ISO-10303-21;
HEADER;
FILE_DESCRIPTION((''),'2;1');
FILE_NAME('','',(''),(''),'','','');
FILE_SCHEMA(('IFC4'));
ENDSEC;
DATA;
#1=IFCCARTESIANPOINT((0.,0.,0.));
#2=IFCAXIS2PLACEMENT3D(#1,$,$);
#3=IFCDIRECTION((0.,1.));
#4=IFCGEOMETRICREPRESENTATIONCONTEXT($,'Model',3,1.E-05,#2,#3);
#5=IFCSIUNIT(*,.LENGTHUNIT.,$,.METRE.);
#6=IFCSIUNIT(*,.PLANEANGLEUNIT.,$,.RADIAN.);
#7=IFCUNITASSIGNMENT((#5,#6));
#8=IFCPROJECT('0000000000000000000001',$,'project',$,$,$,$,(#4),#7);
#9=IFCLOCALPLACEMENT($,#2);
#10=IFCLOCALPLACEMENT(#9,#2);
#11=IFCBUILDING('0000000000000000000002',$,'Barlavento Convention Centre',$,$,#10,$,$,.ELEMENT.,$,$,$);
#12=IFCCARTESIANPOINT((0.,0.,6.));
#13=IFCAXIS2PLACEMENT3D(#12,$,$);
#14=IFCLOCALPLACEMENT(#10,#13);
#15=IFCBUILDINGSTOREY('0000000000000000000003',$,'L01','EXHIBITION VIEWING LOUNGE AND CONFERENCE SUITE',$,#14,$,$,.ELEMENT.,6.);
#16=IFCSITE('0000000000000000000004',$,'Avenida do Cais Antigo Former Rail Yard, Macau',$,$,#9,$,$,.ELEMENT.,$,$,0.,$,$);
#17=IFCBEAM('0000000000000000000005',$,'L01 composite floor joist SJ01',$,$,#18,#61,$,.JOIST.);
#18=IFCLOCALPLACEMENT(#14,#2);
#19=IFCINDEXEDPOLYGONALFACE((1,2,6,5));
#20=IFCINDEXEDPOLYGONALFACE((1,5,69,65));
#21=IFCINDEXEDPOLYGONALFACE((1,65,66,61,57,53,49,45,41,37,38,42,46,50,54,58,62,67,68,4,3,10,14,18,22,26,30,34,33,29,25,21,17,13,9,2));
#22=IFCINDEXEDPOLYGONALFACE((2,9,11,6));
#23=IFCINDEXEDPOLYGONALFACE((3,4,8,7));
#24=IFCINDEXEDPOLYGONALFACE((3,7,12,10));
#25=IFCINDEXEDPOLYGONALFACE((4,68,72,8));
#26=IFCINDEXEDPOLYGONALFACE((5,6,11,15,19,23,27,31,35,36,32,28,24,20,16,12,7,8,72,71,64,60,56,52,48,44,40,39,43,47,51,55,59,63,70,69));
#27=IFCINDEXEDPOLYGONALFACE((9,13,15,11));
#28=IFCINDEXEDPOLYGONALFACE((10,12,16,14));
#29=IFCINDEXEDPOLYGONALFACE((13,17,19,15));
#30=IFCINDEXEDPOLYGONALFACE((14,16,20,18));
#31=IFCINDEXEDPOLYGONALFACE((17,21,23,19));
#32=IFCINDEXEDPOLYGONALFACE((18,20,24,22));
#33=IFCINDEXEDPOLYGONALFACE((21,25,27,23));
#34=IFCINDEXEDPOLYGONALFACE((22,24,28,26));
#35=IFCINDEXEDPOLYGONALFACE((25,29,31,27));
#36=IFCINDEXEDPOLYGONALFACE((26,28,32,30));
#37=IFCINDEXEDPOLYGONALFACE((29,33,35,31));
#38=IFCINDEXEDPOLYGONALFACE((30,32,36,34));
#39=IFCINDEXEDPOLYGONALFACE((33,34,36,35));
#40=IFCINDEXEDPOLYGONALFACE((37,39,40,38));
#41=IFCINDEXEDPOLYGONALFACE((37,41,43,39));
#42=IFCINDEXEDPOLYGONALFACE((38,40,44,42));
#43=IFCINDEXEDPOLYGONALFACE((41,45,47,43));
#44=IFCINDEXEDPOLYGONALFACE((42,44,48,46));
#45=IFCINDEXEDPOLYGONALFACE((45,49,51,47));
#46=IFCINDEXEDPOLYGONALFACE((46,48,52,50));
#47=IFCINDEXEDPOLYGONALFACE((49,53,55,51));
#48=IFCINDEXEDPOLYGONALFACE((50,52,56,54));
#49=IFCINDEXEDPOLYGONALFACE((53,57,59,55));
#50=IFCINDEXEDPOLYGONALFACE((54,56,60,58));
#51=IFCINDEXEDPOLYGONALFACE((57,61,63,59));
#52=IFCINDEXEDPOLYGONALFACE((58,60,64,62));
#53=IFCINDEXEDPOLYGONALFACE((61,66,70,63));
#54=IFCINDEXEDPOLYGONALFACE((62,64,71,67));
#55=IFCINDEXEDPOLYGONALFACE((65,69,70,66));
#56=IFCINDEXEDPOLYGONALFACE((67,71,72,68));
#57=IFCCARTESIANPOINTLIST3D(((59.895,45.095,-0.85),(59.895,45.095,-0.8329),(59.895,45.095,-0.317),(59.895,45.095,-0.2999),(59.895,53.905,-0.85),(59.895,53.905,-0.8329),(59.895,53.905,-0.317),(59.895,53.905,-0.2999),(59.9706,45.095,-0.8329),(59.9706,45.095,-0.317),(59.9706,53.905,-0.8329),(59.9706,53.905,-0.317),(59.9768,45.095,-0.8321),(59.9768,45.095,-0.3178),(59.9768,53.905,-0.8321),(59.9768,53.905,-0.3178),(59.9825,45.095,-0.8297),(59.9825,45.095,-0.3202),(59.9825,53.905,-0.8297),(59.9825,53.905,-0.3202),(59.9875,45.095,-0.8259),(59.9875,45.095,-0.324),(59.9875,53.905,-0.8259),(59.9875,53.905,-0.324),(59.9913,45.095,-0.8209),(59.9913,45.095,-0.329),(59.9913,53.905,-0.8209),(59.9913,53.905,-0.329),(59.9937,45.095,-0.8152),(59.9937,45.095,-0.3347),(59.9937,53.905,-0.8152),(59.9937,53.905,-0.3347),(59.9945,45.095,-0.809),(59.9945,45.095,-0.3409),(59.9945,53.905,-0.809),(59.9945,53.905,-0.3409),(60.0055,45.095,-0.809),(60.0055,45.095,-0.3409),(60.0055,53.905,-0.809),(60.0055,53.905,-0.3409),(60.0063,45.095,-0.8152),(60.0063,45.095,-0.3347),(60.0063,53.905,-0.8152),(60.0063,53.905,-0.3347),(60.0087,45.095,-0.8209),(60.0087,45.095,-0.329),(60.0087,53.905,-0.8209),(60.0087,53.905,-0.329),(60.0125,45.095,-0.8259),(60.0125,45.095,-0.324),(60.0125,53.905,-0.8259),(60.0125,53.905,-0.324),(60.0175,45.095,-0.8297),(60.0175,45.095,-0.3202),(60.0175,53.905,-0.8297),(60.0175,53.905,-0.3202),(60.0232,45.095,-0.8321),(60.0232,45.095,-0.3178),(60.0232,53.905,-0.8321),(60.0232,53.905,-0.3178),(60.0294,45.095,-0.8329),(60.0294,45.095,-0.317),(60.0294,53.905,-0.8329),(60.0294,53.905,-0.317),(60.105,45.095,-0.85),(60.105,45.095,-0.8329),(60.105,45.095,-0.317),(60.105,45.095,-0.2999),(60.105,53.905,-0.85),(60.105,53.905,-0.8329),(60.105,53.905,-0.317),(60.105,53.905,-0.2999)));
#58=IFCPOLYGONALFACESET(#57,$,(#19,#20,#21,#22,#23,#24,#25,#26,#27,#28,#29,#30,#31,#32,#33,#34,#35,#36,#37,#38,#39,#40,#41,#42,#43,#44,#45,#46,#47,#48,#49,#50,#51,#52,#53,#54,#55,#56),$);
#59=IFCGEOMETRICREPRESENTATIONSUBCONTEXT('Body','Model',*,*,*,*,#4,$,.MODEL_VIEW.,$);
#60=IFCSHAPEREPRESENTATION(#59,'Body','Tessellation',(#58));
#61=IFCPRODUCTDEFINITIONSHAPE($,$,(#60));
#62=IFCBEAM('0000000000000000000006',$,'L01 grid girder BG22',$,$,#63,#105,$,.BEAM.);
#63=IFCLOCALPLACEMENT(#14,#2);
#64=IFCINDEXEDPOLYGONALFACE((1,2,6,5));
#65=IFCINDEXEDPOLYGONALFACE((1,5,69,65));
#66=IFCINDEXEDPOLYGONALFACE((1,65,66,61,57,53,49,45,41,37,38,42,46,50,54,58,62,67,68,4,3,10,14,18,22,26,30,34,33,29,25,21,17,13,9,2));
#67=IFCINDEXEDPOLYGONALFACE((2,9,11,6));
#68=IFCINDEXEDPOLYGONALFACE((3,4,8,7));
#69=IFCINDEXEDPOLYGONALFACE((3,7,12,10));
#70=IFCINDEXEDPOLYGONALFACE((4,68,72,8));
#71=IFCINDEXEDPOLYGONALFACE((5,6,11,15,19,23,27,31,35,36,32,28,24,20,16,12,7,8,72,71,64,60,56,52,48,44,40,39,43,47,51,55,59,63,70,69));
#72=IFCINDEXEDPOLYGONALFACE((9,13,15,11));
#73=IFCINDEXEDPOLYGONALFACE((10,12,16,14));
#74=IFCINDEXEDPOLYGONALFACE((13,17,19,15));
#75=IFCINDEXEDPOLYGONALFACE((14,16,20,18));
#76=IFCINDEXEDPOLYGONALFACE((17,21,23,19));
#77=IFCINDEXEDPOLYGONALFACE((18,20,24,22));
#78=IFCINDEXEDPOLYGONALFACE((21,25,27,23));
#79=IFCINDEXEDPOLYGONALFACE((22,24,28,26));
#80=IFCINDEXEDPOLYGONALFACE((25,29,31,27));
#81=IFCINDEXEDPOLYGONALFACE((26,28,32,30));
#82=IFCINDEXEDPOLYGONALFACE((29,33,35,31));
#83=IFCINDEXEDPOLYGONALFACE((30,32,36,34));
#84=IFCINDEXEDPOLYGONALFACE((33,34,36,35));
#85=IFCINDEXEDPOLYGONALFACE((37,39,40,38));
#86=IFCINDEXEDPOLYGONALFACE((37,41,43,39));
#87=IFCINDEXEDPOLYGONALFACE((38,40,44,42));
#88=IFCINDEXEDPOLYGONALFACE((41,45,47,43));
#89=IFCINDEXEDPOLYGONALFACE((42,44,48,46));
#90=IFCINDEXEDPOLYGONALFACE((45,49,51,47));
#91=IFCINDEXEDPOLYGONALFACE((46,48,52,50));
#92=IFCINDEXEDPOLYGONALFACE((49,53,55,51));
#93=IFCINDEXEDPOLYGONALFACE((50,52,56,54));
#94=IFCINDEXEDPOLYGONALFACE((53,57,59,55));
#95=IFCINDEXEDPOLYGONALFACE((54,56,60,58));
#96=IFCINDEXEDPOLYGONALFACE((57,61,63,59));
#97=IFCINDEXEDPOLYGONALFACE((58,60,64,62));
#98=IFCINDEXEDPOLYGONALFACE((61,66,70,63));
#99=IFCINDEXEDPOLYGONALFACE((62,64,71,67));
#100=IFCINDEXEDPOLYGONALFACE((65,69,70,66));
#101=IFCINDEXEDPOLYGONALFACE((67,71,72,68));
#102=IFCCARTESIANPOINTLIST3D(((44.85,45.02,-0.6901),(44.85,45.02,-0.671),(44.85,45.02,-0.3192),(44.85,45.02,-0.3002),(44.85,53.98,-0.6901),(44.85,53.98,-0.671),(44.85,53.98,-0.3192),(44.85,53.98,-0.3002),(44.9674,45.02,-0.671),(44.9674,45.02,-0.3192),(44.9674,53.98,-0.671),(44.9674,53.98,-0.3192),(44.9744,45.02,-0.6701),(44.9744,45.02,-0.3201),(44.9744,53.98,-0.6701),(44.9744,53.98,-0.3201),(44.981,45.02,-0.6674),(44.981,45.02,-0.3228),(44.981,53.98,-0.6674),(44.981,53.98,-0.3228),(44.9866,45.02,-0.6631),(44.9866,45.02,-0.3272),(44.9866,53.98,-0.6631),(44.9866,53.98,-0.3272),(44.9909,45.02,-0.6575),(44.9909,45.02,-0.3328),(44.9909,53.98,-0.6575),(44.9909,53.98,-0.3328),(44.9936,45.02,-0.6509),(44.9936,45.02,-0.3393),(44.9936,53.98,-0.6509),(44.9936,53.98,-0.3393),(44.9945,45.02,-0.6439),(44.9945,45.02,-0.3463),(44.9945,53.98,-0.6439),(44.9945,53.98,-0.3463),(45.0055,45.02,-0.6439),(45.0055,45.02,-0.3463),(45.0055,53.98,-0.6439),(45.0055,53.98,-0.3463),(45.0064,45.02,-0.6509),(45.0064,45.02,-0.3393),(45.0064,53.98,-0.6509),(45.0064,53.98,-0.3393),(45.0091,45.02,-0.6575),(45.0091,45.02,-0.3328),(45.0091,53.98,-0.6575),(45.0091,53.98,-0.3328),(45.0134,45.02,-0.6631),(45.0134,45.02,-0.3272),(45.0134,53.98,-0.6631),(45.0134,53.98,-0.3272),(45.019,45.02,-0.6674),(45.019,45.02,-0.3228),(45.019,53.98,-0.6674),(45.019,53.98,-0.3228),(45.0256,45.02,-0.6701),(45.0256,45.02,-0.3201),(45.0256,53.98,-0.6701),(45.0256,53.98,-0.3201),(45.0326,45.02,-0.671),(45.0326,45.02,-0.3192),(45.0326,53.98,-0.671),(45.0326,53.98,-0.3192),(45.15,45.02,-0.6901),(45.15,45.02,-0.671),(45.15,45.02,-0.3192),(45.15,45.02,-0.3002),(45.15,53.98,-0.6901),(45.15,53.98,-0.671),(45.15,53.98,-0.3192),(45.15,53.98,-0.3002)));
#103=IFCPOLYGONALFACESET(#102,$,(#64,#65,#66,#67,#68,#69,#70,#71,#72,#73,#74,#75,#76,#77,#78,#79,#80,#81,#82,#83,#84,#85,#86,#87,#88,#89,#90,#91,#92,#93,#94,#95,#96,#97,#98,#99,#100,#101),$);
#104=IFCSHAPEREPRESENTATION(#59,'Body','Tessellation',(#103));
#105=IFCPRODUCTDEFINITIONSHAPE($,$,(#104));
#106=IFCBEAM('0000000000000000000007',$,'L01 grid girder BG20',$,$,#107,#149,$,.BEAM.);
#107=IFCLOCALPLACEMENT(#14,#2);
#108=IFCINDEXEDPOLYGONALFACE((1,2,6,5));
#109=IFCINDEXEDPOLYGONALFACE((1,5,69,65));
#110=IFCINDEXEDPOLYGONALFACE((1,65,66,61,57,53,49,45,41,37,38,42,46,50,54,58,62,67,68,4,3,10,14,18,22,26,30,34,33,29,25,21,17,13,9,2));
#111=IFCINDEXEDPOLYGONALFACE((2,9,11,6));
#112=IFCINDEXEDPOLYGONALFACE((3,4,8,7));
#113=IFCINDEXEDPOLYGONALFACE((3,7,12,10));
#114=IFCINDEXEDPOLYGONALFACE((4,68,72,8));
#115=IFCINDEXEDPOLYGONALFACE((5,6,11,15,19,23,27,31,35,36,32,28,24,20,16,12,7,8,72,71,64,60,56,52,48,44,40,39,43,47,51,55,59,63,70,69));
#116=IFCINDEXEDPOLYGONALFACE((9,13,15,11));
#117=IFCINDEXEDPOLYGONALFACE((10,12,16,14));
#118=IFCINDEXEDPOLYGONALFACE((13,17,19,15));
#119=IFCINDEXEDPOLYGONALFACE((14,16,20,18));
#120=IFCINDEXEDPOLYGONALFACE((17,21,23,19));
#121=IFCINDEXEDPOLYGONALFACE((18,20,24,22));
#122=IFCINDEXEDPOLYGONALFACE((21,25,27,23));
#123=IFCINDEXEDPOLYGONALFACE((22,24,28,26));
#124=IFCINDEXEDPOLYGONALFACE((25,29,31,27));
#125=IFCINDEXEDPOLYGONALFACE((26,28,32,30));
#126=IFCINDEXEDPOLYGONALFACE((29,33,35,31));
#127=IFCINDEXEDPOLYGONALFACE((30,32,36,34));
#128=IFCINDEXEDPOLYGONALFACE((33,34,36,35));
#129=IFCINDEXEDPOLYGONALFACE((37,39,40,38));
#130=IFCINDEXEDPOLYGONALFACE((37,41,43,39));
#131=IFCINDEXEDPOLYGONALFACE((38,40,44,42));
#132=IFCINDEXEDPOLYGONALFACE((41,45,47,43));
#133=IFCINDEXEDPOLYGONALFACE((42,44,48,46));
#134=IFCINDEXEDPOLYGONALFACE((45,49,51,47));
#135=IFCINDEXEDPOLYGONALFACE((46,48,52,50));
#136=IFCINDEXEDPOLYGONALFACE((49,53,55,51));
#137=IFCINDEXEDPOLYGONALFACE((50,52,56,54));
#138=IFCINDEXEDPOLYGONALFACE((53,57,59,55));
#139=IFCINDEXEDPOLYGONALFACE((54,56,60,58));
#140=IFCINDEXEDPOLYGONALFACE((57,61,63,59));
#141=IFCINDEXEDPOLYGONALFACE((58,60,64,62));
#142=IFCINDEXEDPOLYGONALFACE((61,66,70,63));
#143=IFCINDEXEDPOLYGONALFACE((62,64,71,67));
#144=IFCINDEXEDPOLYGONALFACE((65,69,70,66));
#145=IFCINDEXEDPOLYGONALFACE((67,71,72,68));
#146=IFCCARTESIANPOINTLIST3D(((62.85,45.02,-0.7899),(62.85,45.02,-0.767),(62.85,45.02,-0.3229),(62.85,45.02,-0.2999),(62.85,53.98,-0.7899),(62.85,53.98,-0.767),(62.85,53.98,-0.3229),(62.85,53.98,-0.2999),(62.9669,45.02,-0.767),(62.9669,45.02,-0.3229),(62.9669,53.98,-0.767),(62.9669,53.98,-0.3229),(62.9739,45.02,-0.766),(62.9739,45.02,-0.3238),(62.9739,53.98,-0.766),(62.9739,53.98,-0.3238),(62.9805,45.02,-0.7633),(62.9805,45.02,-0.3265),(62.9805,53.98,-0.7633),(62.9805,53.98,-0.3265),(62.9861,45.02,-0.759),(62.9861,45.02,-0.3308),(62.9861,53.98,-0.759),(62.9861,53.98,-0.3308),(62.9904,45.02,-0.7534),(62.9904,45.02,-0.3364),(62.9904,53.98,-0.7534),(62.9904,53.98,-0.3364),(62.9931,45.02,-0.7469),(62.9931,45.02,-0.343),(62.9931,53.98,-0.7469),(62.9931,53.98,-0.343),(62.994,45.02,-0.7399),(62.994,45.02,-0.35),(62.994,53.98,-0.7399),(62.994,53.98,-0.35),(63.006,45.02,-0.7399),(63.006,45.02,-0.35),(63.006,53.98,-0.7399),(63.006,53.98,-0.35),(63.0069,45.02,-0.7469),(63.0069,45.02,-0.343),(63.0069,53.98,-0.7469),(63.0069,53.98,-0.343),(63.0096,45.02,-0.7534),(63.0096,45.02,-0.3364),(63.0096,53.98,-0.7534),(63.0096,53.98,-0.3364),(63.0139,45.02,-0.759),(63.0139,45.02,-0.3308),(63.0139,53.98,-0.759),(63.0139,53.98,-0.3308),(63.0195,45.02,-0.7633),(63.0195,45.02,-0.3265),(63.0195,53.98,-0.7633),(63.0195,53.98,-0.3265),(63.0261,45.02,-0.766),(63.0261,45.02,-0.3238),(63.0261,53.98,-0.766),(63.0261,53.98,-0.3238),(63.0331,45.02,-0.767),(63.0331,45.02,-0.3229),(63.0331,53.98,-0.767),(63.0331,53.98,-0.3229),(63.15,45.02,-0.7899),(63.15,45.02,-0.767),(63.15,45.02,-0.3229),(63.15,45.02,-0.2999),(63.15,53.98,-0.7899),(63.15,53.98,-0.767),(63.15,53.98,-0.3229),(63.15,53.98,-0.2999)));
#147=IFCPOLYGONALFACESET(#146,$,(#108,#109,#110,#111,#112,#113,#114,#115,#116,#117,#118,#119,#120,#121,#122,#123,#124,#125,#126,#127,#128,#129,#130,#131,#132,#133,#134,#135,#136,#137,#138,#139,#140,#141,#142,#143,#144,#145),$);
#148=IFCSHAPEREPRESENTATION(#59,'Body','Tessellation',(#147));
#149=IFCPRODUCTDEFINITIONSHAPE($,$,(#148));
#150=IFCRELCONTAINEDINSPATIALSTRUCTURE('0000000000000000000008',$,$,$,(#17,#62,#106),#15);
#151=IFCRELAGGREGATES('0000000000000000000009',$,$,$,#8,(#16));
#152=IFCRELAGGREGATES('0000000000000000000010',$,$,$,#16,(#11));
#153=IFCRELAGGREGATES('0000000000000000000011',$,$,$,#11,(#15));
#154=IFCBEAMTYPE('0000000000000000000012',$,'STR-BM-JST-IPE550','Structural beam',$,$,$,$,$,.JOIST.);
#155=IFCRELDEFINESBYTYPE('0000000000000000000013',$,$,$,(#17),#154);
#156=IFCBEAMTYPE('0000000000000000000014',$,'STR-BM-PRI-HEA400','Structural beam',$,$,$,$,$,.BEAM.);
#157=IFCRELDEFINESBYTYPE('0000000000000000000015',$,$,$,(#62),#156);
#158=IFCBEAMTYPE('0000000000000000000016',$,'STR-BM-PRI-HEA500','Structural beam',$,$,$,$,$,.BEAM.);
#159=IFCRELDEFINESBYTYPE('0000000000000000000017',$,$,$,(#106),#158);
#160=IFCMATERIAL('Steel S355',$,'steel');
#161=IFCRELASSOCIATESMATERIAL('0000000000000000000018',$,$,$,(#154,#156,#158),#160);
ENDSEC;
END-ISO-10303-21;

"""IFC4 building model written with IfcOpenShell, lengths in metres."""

from ifc_helpers import new_model, si_unit, direction, frame, origin, origin_2d, place, context, subcontext, project, spatial, i_section, extrude, material, material_profile, profile_set, type_object, element, save


model = new_model("IFC4")

# Units and contexts
model_context = context("Model", 3, precision=1e-05, world=origin(), true_north=direction((0.0, 1.0)))
body_context = subcontext(model_context, "Body", "Model", "MODEL_VIEW")
ifc_project = project(units=[si_unit("LENGTHUNIT", "METRE"), si_unit("PLANEANGLEUNIT", "RADIAN")], contexts=[model_context])

# Site, building, storey
site_placement = place(None, origin())
site = spatial("IfcSite", under=ifc_project, at=site_placement, Name="Avenida do Cais Antigo Former Rail Yard, Macau", CompositionType="ELEMENT", RefElevation=0.0)
building_placement = place(site_placement, origin())
building = spatial("IfcBuilding", under=site, at=building_placement, Name="Barlavento Convention Centre", CompositionType="ELEMENT")
storey_placement = place(building_placement, frame((0.0, 0.0, 6.0)))
storey = spatial("IfcBuildingStorey", under=building, at=storey_placement, Name="L01", Description="EXHIBITION VIEWING LOUNGE AND CONFERENCE SUITE", CompositionType="ELEMENT", Elevation=6.0)

# Shared definitions
ifc_material_1 = material(Name="Steel S355", Category="steel")

# Beams
ifc_material_profile_1 = material_profile(ifc_material_1, i_section(OverallWidth=0.21, OverallDepth=0.55, WebThickness=0.011, FlangeThickness=0.0171, FilletRadius=0.0239, at=origin_2d()), Name="IPE 550")
ifc_profile_set_1 = profile_set([ifc_material_profile_1], Name="Steel S355")
beam_type_1 = type_object("IfcBeamType", Name="STR-BM-JST-IPE550", Description="Structural beam", PredefinedType="JOIST", material=ifc_profile_set_1)
beam_1_placement = place(storey_placement, frame((60.0, 45.095, -0.575), z_axis=(0.0, 1.0, 0.0), x_axis=(-1.0, 0.0, 0.0)))
element("IfcBeam", 1, at=beam_1_placement, inside=storey, type_object=beam_type_1, Name="L01 composite floor joist SJ01", PredefinedType="JOIST", context=body_context, shape_type="SweptSolid", body=[
    extrude(i_section(OverallWidth=0.21, OverallDepth=0.55, WebThickness=0.011, FlangeThickness=0.0171, FilletRadius=0.0239, at=origin_2d()), origin(), (0.0, 0.0, 1.0), 8.8101),
])
ifc_material_profile_2 = material_profile(ifc_material_1, i_section(OverallWidth=0.3, OverallDepth=0.3899, WebThickness=0.011, FlangeThickness=0.019, FilletRadius=0.0271, at=origin_2d()), Name="HEA 400")
ifc_profile_set_2 = profile_set([ifc_material_profile_2], Name="Steel S355")
beam_type_2 = type_object("IfcBeamType", Name="STR-BM-PRI-HEA400", Description="Structural beam", PredefinedType="BEAM", material=ifc_profile_set_2)
beam_2_placement = place(storey_placement, frame((45.0, 45.02, -0.4951), z_axis=(0.0, 1.0, 0.0), x_axis=(-1.0, 0.0, 0.0)))
element("IfcBeam", 2, at=beam_2_placement, inside=storey, type_object=beam_type_2, Name="L01 grid girder BG22", PredefinedType="BEAM", context=body_context, shape_type="SweptSolid", body=[
    extrude(i_section(OverallWidth=0.3, OverallDepth=0.3899, WebThickness=0.011, FlangeThickness=0.019, FilletRadius=0.0271, at=origin_2d()), origin(), (0.0, 0.0, 1.0), 8.96),
])
ifc_material_profile_3 = material_profile(ifc_material_1, i_section(OverallWidth=0.3, OverallDepth=0.49, WebThickness=0.012, FlangeThickness=0.0229, FilletRadius=0.0271, at=origin_2d()), Name="HEA 500")
ifc_profile_set_3 = profile_set([ifc_material_profile_3], Name="Steel S355")
beam_type_3 = type_object("IfcBeamType", Name="STR-BM-PRI-HEA500", Description="Structural beam", PredefinedType="BEAM", material=ifc_profile_set_3)
beam_3_placement = place(storey_placement, frame((63.0, 45.02, -0.5449), z_axis=(0.0, 1.0, 0.0), x_axis=(-1.0, 0.0, 0.0)))
element("IfcBeam", 3, at=beam_3_placement, inside=storey, type_object=beam_type_3, Name="L01 grid girder BG20", PredefinedType="BEAM", context=body_context, shape_type="SweptSolid", body=[
    extrude(i_section(OverallWidth=0.3, OverallDepth=0.49, WebThickness=0.012, FlangeThickness=0.0229, FilletRadius=0.0271, at=origin_2d()), origin(), (0.0, 0.0, 1.0), 8.96),
])

save(model, "model.ifc")
